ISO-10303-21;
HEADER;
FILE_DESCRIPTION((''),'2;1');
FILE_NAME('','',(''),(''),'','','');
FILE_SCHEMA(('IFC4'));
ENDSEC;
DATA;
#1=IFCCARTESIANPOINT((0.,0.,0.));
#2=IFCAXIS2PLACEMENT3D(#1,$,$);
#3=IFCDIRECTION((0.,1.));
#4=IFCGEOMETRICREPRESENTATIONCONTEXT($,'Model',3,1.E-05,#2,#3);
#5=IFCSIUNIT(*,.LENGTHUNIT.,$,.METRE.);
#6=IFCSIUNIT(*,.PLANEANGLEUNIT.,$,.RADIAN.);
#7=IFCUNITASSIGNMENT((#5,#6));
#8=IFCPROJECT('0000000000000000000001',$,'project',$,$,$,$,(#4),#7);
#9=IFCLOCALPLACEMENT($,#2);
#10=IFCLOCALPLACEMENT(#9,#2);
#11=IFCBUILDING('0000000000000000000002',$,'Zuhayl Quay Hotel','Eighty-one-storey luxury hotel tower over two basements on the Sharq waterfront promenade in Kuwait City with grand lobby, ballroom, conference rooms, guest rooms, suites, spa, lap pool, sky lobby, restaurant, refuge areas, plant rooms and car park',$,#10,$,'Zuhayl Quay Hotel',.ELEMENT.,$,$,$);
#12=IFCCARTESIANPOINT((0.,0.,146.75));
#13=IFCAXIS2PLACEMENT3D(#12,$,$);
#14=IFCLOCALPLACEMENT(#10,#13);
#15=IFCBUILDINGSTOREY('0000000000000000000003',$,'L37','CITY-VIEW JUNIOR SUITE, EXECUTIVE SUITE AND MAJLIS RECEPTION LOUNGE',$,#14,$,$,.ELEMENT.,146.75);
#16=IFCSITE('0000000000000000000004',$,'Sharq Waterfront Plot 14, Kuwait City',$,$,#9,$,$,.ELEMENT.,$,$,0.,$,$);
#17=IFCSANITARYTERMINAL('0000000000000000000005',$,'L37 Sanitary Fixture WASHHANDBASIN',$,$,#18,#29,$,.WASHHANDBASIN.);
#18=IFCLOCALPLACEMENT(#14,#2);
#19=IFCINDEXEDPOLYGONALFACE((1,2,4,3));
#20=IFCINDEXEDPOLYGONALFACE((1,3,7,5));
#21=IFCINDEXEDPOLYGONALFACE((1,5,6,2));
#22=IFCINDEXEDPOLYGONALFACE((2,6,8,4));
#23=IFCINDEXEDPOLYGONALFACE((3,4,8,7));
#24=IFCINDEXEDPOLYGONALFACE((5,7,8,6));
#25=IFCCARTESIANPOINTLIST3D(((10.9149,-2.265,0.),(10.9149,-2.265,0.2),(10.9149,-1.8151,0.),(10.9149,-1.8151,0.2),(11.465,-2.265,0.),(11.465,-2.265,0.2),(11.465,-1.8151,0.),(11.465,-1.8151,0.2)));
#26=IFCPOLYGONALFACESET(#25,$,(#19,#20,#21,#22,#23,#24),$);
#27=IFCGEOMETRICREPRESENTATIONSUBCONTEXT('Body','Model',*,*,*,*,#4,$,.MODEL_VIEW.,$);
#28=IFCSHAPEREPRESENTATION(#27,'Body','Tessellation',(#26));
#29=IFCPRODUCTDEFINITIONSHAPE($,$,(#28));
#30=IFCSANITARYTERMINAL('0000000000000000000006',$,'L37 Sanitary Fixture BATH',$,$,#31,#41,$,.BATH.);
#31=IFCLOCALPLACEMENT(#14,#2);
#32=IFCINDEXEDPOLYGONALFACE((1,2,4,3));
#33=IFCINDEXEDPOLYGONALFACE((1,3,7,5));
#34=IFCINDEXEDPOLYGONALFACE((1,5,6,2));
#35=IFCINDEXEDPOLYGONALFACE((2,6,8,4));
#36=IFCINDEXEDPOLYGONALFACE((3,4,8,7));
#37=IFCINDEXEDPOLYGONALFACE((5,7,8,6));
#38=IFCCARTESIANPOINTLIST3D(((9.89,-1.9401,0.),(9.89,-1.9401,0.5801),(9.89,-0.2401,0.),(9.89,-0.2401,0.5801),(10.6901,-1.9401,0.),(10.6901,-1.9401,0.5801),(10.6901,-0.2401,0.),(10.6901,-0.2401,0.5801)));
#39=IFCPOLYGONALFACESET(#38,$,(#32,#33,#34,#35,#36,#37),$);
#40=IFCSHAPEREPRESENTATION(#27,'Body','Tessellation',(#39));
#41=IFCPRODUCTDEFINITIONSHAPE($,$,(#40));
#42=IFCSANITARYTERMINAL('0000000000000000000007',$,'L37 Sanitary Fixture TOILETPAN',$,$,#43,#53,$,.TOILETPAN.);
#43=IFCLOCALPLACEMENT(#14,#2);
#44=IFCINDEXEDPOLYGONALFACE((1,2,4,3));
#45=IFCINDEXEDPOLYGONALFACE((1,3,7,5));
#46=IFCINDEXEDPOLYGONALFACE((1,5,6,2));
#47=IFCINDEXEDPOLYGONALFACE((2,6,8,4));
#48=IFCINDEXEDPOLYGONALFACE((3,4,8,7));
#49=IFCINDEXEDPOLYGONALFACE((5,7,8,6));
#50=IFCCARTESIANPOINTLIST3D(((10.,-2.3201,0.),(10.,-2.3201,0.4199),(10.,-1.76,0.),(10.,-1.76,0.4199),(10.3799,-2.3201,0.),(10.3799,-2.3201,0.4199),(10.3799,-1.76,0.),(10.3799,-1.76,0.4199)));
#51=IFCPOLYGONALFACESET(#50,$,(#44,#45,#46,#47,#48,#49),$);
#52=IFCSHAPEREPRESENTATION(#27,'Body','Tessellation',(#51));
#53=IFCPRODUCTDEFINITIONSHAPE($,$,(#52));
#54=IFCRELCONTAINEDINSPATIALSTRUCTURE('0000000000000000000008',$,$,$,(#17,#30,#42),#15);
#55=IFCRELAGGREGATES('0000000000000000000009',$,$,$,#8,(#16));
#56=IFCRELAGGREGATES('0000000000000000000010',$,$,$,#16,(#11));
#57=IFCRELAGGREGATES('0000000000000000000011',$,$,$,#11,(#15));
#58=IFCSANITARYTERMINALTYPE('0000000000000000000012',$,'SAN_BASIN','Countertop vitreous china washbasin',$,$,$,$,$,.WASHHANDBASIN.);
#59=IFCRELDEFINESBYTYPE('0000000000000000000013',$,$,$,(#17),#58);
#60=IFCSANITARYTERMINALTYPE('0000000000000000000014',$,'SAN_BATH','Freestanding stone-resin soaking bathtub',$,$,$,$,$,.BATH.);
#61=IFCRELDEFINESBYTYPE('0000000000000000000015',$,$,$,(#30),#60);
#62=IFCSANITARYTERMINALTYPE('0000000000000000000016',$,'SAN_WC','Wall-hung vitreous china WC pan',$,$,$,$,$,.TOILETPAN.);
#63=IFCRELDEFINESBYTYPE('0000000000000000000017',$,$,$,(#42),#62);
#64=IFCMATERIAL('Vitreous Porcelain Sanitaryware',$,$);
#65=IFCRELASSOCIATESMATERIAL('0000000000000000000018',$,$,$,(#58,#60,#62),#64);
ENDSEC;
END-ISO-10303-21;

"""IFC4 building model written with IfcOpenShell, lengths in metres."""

from ifc_helpers import new_model, si_unit, direction, frame, origin, origin_2d, place, context, subcontext, project, spatial, rectangle, extrude, material, type_object, element, save


model = new_model("IFC4")

# Units and contexts
model_context = context("Model", 3, precision=1e-05, world=origin(), true_north=direction((0.0, 1.0)))
body_context = subcontext(model_context, "Body", "Model", "MODEL_VIEW")
ifc_project = project(units=[si_unit("LENGTHUNIT", "METRE"), si_unit("PLANEANGLEUNIT", "RADIAN")], contexts=[model_context])

# Site, building, storey
site_placement = place(None, origin())
site = spatial("IfcSite", under=ifc_project, at=site_placement, Name="Sharq Waterfront Plot 14, Kuwait City", CompositionType="ELEMENT", RefElevation=0.0)
building_placement = place(site_placement, origin())
building = spatial("IfcBuilding", under=site, at=building_placement, Name="Zuhayl Quay Hotel", Description="Eighty-one-storey luxury hotel tower over two basements on the Sharq waterfront promenade in Kuwait City with grand lobby, ballroom, conference rooms, guest rooms, suites, spa, lap pool, sky lobby, restaurant, refuge areas, plant rooms and car park", LongName="Zuhayl Quay Hotel", CompositionType="ELEMENT")
storey_placement = place(building_placement, frame((0.0, 0.0, 146.75)))
storey = spatial("IfcBuildingStorey", under=building, at=storey_placement, Name="L37", Description="CITY-VIEW JUNIOR SUITE, EXECUTIVE SUITE AND MAJLIS RECEPTION LOUNGE", CompositionType="ELEMENT", Elevation=146.75)

# Sanitary terminals
ifc_material_1 = material(Name="Vitreous Porcelain Sanitaryware")
sanitary_terminal_type_1 = type_object("IfcSanitaryTerminalType", Name="SAN_BASIN", Description="Countertop vitreous china washbasin", PredefinedType="WASHHANDBASIN", material=ifc_material_1)
sanitary_terminal_1_placement = place(storey_placement, frame((11.1899, -2.04, 0.0), z_axis=(0.0, 0.0, 1.0), x_axis=(1.0, 0.0, 0.0)))
element("IfcSanitaryTerminal", 1, at=sanitary_terminal_1_placement, inside=storey, type_object=sanitary_terminal_type_1, Name="L37 Sanitary Fixture WASHHANDBASIN", PredefinedType="WASHHANDBASIN", context=body_context, shape_type="SweptSolid", body=[
    extrude(rectangle(XDim=0.55, YDim=0.45, at=origin_2d()), origin(), (0.0, 0.0, 1.0), 0.2),
])
sanitary_terminal_type_2 = type_object("IfcSanitaryTerminalType", Name="SAN_BATH", Description="Freestanding stone-resin soaking bathtub", PredefinedType="BATH", material=ifc_material_1)
sanitary_terminal_2_placement = place(storey_placement, frame((10.29, -1.0901, 0.0), z_axis=(0.0, 0.0, 1.0), x_axis=(1.0, 0.0, 0.0)))
element("IfcSanitaryTerminal", 2, at=sanitary_terminal_2_placement, inside=storey, type_object=sanitary_terminal_type_2, Name="L37 Sanitary Fixture BATH", PredefinedType="BATH", context=body_context, shape_type="SweptSolid", body=[
    extrude(rectangle(XDim=0.8, YDim=1.7, at=origin_2d()), origin(), (0.0, 0.0, 1.0), 0.5801),
])
sanitary_terminal_type_3 = type_object("IfcSanitaryTerminalType", Name="SAN_WC", Description="Wall-hung vitreous china WC pan", PredefinedType="TOILETPAN", material=ifc_material_1)
sanitary_terminal_3_placement = place(storey_placement, frame((10.1899, -2.04, 0.0), z_axis=(0.0, 0.0, 1.0), x_axis=(1.0, 0.0, 0.0)))
element("IfcSanitaryTerminal", 3, at=sanitary_terminal_3_placement, inside=storey, type_object=sanitary_terminal_type_3, Name="L37 Sanitary Fixture TOILETPAN", PredefinedType="TOILETPAN", context=body_context, shape_type="SweptSolid", body=[
    extrude(rectangle(XDim=0.3799, YDim=0.5601, at=origin_2d()), origin(), (0.0, 0.0, 1.0), 0.4199),
])

save(model, "model.ifc")
